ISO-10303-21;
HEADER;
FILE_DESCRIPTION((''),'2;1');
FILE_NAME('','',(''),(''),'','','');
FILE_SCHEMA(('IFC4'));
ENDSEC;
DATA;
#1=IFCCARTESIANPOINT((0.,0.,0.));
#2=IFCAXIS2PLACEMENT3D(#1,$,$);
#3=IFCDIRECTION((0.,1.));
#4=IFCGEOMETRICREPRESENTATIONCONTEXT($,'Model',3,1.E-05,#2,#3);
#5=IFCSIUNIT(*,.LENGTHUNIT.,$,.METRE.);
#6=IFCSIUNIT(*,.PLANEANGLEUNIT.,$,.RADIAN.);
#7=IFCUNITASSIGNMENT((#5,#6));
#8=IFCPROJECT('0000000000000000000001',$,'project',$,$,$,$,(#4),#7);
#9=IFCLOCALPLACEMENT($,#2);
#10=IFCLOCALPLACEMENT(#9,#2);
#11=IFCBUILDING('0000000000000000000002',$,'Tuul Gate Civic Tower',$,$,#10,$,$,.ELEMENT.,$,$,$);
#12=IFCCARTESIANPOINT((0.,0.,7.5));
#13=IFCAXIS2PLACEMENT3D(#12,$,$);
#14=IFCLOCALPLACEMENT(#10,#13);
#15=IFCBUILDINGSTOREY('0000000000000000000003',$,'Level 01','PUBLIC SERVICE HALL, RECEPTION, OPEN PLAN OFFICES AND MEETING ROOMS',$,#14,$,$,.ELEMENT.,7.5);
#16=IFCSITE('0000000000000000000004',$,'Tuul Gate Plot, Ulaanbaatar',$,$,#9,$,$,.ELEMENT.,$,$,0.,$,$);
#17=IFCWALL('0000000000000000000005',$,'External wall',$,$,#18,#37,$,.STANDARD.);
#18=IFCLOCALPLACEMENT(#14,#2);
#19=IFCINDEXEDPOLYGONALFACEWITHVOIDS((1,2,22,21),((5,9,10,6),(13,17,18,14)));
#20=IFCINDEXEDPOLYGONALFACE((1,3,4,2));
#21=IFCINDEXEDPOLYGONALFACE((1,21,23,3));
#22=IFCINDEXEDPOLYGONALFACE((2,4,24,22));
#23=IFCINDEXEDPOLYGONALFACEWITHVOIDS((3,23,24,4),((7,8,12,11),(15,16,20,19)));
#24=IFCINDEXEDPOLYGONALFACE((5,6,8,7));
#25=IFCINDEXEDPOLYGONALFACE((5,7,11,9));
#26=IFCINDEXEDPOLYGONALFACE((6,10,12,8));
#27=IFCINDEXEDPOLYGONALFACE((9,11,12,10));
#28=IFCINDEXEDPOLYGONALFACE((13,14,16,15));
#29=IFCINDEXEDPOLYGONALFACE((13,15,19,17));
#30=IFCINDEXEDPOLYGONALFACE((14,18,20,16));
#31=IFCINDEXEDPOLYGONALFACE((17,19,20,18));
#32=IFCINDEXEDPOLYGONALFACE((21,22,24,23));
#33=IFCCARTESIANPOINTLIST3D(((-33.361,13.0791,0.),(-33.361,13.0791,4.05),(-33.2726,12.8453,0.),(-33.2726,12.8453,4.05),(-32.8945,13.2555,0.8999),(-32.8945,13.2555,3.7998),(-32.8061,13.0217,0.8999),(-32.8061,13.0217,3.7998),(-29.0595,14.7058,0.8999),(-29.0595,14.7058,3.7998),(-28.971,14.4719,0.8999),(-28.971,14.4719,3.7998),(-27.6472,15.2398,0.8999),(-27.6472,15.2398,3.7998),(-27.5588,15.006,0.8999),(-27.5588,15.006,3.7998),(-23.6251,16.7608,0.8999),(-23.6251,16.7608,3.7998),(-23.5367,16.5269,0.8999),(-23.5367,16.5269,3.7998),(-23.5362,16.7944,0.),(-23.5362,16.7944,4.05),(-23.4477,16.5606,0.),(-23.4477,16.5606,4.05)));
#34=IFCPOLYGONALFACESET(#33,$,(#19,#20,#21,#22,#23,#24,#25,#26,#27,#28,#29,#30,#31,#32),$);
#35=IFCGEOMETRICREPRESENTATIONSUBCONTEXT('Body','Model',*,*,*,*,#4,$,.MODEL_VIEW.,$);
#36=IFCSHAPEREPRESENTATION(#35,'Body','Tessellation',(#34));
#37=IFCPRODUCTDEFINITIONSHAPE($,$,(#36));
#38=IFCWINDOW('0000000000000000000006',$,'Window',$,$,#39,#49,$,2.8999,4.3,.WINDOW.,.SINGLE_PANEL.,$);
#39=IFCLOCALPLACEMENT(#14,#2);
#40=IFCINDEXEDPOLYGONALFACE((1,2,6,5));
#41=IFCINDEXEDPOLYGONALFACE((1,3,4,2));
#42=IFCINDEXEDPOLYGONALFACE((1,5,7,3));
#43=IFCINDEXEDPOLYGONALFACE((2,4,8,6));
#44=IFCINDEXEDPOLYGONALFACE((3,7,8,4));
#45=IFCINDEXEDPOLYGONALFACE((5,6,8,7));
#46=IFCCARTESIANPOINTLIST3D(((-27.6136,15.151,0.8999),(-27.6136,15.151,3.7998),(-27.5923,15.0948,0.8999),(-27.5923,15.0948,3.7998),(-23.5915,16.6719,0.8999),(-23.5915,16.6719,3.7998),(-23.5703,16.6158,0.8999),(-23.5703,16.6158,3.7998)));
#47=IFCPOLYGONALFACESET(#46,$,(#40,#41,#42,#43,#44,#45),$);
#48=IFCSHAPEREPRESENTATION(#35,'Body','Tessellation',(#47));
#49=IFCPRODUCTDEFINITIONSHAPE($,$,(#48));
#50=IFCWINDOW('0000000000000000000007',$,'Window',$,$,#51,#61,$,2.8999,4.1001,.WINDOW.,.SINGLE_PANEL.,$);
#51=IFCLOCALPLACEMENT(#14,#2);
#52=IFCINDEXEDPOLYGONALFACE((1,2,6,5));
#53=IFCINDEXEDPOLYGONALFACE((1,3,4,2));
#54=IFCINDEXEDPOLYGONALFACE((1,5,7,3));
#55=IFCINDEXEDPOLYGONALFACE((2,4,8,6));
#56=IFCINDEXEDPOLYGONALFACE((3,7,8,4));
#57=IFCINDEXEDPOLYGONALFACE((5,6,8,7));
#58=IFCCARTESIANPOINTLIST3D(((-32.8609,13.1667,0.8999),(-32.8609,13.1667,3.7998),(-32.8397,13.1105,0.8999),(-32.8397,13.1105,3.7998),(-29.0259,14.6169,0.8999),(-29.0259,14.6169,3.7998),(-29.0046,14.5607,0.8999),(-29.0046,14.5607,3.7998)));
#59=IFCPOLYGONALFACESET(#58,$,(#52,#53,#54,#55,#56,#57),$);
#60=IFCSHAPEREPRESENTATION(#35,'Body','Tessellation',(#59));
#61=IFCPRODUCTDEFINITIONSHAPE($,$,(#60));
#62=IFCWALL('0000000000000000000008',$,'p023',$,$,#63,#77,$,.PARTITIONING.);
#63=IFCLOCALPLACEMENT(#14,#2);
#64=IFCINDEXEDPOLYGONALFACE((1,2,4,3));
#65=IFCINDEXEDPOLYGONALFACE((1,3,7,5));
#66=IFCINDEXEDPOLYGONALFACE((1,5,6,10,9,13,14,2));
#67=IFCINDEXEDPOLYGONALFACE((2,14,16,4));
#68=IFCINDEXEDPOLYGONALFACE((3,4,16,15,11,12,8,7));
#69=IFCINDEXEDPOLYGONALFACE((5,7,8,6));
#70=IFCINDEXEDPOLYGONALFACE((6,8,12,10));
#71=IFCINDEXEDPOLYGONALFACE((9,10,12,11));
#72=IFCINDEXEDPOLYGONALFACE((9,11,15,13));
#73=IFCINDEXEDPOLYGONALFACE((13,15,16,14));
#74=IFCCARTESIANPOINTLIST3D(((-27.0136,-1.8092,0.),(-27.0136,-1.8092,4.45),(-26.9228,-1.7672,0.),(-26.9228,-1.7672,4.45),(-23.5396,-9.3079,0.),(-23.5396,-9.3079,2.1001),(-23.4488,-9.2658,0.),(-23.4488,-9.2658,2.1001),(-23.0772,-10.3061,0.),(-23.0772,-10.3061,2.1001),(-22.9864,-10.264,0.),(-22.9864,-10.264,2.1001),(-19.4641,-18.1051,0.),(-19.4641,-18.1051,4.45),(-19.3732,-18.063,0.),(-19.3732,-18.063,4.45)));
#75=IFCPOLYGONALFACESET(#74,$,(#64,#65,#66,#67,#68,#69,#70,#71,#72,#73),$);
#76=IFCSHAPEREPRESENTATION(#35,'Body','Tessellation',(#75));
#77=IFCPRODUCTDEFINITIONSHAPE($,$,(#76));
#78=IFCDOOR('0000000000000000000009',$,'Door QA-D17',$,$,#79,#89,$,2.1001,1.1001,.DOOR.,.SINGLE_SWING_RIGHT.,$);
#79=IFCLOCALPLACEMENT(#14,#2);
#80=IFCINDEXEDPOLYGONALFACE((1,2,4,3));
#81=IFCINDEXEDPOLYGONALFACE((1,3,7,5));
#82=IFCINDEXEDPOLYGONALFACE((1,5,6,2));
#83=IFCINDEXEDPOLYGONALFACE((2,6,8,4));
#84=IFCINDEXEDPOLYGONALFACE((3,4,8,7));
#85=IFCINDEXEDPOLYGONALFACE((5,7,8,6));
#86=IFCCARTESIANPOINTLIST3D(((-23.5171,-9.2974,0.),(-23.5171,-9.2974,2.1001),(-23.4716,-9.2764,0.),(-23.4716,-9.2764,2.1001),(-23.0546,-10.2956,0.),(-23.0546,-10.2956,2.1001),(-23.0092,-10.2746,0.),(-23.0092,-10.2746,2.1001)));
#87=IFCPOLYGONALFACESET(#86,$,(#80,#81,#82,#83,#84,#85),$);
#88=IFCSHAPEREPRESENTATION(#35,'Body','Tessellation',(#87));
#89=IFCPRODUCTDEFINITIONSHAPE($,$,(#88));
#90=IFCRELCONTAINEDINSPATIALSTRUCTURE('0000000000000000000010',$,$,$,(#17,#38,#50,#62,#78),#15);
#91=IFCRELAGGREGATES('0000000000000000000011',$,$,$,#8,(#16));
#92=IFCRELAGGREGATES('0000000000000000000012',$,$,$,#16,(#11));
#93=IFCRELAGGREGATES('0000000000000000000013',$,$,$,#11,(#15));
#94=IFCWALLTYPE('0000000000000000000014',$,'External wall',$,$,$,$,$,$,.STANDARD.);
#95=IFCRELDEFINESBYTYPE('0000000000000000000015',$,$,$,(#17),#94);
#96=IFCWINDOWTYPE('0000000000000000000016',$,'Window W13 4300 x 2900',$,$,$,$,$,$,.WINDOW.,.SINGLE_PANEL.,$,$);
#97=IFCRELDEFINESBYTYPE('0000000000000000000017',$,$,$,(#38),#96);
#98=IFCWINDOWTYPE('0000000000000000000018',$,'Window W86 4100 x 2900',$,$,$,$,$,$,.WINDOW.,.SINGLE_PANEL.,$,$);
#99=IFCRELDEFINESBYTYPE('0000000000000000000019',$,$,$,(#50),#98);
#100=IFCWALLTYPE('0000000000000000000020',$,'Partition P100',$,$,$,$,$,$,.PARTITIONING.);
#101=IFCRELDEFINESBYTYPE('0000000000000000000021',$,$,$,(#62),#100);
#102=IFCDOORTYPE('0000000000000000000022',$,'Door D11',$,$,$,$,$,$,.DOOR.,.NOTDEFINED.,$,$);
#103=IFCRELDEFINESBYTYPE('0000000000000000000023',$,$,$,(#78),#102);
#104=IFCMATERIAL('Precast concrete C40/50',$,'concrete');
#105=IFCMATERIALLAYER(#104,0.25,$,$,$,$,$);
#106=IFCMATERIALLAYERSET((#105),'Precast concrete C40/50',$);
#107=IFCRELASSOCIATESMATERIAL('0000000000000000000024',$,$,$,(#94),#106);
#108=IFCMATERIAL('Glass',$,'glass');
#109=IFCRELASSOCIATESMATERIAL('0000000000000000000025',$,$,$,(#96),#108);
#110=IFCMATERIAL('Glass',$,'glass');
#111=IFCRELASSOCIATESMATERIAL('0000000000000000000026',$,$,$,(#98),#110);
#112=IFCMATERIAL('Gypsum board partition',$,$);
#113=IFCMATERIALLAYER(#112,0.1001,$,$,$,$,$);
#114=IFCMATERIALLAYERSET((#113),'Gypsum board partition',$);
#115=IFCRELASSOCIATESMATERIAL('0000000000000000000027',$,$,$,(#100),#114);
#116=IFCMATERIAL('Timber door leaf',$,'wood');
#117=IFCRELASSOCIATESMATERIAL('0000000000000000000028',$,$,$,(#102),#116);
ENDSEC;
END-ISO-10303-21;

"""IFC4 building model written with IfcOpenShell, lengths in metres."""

from ifc_helpers import new_model, si_unit, direction, frame, frame_2d, origin, place, context, subcontext, project, spatial, rectangle, extrude, material, layer, layer_set, type_object, element, fill, save


model = new_model("IFC4")

# Units and contexts
model_context = context("Model", 3, precision=1e-05, world=origin(), true_north=direction((0.0, 1.0)))
body_context = subcontext(model_context, "Body", "Model", "MODEL_VIEW")
ifc_project = project(units=[si_unit("LENGTHUNIT", "METRE"), si_unit("PLANEANGLEUNIT", "RADIAN")], contexts=[model_context])

# Site, building, storey
site_placement = place(None, origin())
site = spatial("IfcSite", under=ifc_project, at=site_placement, Name="Tuul Gate Plot, Ulaanbaatar", CompositionType="ELEMENT", RefElevation=0.0)
building_placement = place(site_placement, origin())
building = spatial("IfcBuilding", under=site, at=building_placement, Name="Tuul Gate Civic Tower", CompositionType="ELEMENT")
storey_placement = place(building_placement, frame((0.0, 0.0, 7.5)))
storey = spatial("IfcBuildingStorey", under=building, at=storey_placement, Name="Level 01", Description="PUBLIC SERVICE HALL, RECEPTION, OPEN PLAN OFFICES AND MEETING ROOMS", CompositionType="ELEMENT", Elevation=7.5)

# Wall, openings, windows
ifc_material_1 = material(Name="Precast concrete C40/50", Category="concrete")
ifc_layer_1 = layer(ifc_material_1, 0.25)
ifc_layer_set_1 = layer_set([ifc_layer_1], Name="Precast concrete C40/50")
wall_type_1 = type_object("IfcWallType", Name="External wall", PredefinedType="STANDARD", material=ifc_layer_set_1)
wall_1_placement = place(storey_placement, frame((-23.4919, 16.6775, 0.0), z_axis=(0.0, 0.0, 1.0), x_axis=(-0.935356, -0.353707, 0.0)))
wall_1 = element("IfcWall", 1, at=wall_1_placement, inside=storey, type_object=wall_type_1, Name="External wall", PredefinedType="STANDARD", context=body_context, shape_type="SweptSolid", body=[
    extrude(rectangle(XDim=10.5039, YDim=0.25, at=frame_2d((5.252, 0.0))), origin(), (0.0, 0.0, 1.0), 4.05),
])
opening_1_placement = place(wall_1_placement, frame((0.0952, 0.0, 0.8999)))
opening_1 = element("IfcOpeningElement", 2, at=opening_1_placement, cuts=wall_1, PredefinedType="OPENING", context=body_context, shape_type="SweptSolid", body=[
    extrude(rectangle(XDim=4.3, YDim=2.8999, at=frame_2d((2.1499, 1.45))), frame((0.0, 0.135, 0.0), z_axis=(0.0, -1.0, 0.0), x_axis=(1.0, 0.0, 0.0)), (0.0, 0.0, 1.0), 0.27),
])
opening_2_placement = place(wall_1_placement, frame((5.905, 0.0, 0.8999)))
opening_2 = element("IfcOpeningElement", 3, at=opening_2_placement, cuts=wall_1, PredefinedType="OPENING", context=body_context, shape_type="SweptSolid", body=[
    extrude(rectangle(XDim=4.1001, YDim=2.8999, at=frame_2d((2.05, 1.45))), frame((0.0, 0.135, 0.0), z_axis=(0.0, -1.0, 0.0), x_axis=(1.0, 0.0, 0.0)), (0.0, 0.0, 1.0), 0.27),
])
ifc_material_2 = material(Name="Glass", Category="glass")
window_type_1 = type_object("IfcWindowType", Name="Window W13 4300 x 2900", PartitioningType="SINGLE_PANEL", PredefinedType="WINDOW", material=ifc_material_2)
window_1_placement = place(opening_1_placement, origin())
window_1 = element("IfcWindow", 4, at=window_1_placement, inside=storey, type_object=window_type_1, Name="Window", OverallHeight=2.8999, OverallWidth=4.3, PartitioningType="SINGLE_PANEL", PredefinedType="WINDOW", context=body_context, shape_type="SweptSolid", body=[
    extrude(rectangle(XDim=4.3, YDim=2.8999, at=frame_2d((2.1499, 1.45))), frame((0.0, 0.03, 0.0), z_axis=(0.0, -1.0, 0.0), x_axis=(1.0, 0.0, 0.0)), (0.0, 0.0, 1.0), 0.0601),
])
fill(opening_1, window_1)
ifc_material_3 = material(Name="Glass", Category="glass")
window_type_2 = type_object("IfcWindowType", Name="Window W86 4100 x 2900", PartitioningType="SINGLE_PANEL", PredefinedType="WINDOW", material=ifc_material_3)
window_2_placement = place(opening_2_placement, origin())
window_2 = element("IfcWindow", 5, at=window_2_placement, inside=storey, type_object=window_type_2, Name="Window", OverallHeight=2.8999, OverallWidth=4.1001, PartitioningType="SINGLE_PANEL", PredefinedType="WINDOW", context=body_context, shape_type="SweptSolid", body=[
    extrude(rectangle(XDim=4.1001, YDim=2.8999, at=frame_2d((2.05, 1.45))), frame((0.0, 0.03, 0.0), z_axis=(0.0, -1.0, 0.0), x_axis=(1.0, 0.0, 0.0)), (0.0, 0.0, 1.0), 0.0601),
])
fill(opening_2, window_2)

# Wall, opening, door
ifc_material_4 = material(Name="Gypsum board partition")
ifc_layer_2 = layer(ifc_material_4, 0.1001)
ifc_layer_set_2 = layer_set([ifc_layer_2], Name="Gypsum board partition")
wall_type_2 = type_object("IfcWallType", Name="Partition P100", PredefinedType="PARTITIONING", material=ifc_layer_set_2)
wall_2_placement = place(storey_placement, frame((-26.9683, -1.7881, 0.0), z_axis=(0.0, 0.0, 1.0), x_axis=(0.42036, -0.907357, 0.0)))
wall_2 = element("IfcWall", 6, at=wall_2_placement, inside=storey, type_object=wall_type_2, Name="p023", PredefinedType="PARTITIONING", context=body_context, shape_type="SweptSolid", body=[
    extrude(rectangle(XDim=17.9597, YDim=0.1001, at=frame_2d((8.98, 0.0))), origin(), (0.0, 0.0, 1.0), 4.45),
])
opening_3_placement = place(wall_2_placement, frame((8.2644, 0.0, 0.0)))
opening_3 = element("IfcOpeningElement", 7, at=opening_3_placement, cuts=wall_2, PredefinedType="OPENING", context=body_context, shape_type="SweptSolid", body=[
    extrude(rectangle(XDim=1.1001, YDim=2.1001, at=frame_2d((0.55, 1.05))), frame((0.0, 0.0601, 0.0), z_axis=(0.0, -1.0, 0.0), x_axis=(1.0, 0.0, 0.0)), (0.0, 0.0, 1.0), 0.1201),
])
ifc_material_5 = material(Name="Timber door leaf", Category="wood")
door_type_1 = type_object("IfcDoorType", Name="Door D11", OperationType="NOTDEFINED", PredefinedType="DOOR", material=ifc_material_5)
door_1_placement = place(opening_3_placement, origin())
door_1 = element("IfcDoor", 8, at=door_1_placement, inside=storey, type_object=door_type_1, Name="Door QA-D17", OperationType="SINGLE_SWING_RIGHT", OverallHeight=2.1001, OverallWidth=1.1001, PredefinedType="DOOR", context=body_context, shape_type="SweptSolid", body=[
    extrude(rectangle(XDim=1.1001, YDim=2.1001, at=frame_2d((0.55, 1.05))), frame((0.0, 0.0249, 0.0), z_axis=(0.0, -1.0, 0.0), x_axis=(1.0, 0.0, 0.0)), (0.0, 0.0, 1.0), 0.05),
])
fill(opening_3, door_1)

save(model, "model.ifc")
